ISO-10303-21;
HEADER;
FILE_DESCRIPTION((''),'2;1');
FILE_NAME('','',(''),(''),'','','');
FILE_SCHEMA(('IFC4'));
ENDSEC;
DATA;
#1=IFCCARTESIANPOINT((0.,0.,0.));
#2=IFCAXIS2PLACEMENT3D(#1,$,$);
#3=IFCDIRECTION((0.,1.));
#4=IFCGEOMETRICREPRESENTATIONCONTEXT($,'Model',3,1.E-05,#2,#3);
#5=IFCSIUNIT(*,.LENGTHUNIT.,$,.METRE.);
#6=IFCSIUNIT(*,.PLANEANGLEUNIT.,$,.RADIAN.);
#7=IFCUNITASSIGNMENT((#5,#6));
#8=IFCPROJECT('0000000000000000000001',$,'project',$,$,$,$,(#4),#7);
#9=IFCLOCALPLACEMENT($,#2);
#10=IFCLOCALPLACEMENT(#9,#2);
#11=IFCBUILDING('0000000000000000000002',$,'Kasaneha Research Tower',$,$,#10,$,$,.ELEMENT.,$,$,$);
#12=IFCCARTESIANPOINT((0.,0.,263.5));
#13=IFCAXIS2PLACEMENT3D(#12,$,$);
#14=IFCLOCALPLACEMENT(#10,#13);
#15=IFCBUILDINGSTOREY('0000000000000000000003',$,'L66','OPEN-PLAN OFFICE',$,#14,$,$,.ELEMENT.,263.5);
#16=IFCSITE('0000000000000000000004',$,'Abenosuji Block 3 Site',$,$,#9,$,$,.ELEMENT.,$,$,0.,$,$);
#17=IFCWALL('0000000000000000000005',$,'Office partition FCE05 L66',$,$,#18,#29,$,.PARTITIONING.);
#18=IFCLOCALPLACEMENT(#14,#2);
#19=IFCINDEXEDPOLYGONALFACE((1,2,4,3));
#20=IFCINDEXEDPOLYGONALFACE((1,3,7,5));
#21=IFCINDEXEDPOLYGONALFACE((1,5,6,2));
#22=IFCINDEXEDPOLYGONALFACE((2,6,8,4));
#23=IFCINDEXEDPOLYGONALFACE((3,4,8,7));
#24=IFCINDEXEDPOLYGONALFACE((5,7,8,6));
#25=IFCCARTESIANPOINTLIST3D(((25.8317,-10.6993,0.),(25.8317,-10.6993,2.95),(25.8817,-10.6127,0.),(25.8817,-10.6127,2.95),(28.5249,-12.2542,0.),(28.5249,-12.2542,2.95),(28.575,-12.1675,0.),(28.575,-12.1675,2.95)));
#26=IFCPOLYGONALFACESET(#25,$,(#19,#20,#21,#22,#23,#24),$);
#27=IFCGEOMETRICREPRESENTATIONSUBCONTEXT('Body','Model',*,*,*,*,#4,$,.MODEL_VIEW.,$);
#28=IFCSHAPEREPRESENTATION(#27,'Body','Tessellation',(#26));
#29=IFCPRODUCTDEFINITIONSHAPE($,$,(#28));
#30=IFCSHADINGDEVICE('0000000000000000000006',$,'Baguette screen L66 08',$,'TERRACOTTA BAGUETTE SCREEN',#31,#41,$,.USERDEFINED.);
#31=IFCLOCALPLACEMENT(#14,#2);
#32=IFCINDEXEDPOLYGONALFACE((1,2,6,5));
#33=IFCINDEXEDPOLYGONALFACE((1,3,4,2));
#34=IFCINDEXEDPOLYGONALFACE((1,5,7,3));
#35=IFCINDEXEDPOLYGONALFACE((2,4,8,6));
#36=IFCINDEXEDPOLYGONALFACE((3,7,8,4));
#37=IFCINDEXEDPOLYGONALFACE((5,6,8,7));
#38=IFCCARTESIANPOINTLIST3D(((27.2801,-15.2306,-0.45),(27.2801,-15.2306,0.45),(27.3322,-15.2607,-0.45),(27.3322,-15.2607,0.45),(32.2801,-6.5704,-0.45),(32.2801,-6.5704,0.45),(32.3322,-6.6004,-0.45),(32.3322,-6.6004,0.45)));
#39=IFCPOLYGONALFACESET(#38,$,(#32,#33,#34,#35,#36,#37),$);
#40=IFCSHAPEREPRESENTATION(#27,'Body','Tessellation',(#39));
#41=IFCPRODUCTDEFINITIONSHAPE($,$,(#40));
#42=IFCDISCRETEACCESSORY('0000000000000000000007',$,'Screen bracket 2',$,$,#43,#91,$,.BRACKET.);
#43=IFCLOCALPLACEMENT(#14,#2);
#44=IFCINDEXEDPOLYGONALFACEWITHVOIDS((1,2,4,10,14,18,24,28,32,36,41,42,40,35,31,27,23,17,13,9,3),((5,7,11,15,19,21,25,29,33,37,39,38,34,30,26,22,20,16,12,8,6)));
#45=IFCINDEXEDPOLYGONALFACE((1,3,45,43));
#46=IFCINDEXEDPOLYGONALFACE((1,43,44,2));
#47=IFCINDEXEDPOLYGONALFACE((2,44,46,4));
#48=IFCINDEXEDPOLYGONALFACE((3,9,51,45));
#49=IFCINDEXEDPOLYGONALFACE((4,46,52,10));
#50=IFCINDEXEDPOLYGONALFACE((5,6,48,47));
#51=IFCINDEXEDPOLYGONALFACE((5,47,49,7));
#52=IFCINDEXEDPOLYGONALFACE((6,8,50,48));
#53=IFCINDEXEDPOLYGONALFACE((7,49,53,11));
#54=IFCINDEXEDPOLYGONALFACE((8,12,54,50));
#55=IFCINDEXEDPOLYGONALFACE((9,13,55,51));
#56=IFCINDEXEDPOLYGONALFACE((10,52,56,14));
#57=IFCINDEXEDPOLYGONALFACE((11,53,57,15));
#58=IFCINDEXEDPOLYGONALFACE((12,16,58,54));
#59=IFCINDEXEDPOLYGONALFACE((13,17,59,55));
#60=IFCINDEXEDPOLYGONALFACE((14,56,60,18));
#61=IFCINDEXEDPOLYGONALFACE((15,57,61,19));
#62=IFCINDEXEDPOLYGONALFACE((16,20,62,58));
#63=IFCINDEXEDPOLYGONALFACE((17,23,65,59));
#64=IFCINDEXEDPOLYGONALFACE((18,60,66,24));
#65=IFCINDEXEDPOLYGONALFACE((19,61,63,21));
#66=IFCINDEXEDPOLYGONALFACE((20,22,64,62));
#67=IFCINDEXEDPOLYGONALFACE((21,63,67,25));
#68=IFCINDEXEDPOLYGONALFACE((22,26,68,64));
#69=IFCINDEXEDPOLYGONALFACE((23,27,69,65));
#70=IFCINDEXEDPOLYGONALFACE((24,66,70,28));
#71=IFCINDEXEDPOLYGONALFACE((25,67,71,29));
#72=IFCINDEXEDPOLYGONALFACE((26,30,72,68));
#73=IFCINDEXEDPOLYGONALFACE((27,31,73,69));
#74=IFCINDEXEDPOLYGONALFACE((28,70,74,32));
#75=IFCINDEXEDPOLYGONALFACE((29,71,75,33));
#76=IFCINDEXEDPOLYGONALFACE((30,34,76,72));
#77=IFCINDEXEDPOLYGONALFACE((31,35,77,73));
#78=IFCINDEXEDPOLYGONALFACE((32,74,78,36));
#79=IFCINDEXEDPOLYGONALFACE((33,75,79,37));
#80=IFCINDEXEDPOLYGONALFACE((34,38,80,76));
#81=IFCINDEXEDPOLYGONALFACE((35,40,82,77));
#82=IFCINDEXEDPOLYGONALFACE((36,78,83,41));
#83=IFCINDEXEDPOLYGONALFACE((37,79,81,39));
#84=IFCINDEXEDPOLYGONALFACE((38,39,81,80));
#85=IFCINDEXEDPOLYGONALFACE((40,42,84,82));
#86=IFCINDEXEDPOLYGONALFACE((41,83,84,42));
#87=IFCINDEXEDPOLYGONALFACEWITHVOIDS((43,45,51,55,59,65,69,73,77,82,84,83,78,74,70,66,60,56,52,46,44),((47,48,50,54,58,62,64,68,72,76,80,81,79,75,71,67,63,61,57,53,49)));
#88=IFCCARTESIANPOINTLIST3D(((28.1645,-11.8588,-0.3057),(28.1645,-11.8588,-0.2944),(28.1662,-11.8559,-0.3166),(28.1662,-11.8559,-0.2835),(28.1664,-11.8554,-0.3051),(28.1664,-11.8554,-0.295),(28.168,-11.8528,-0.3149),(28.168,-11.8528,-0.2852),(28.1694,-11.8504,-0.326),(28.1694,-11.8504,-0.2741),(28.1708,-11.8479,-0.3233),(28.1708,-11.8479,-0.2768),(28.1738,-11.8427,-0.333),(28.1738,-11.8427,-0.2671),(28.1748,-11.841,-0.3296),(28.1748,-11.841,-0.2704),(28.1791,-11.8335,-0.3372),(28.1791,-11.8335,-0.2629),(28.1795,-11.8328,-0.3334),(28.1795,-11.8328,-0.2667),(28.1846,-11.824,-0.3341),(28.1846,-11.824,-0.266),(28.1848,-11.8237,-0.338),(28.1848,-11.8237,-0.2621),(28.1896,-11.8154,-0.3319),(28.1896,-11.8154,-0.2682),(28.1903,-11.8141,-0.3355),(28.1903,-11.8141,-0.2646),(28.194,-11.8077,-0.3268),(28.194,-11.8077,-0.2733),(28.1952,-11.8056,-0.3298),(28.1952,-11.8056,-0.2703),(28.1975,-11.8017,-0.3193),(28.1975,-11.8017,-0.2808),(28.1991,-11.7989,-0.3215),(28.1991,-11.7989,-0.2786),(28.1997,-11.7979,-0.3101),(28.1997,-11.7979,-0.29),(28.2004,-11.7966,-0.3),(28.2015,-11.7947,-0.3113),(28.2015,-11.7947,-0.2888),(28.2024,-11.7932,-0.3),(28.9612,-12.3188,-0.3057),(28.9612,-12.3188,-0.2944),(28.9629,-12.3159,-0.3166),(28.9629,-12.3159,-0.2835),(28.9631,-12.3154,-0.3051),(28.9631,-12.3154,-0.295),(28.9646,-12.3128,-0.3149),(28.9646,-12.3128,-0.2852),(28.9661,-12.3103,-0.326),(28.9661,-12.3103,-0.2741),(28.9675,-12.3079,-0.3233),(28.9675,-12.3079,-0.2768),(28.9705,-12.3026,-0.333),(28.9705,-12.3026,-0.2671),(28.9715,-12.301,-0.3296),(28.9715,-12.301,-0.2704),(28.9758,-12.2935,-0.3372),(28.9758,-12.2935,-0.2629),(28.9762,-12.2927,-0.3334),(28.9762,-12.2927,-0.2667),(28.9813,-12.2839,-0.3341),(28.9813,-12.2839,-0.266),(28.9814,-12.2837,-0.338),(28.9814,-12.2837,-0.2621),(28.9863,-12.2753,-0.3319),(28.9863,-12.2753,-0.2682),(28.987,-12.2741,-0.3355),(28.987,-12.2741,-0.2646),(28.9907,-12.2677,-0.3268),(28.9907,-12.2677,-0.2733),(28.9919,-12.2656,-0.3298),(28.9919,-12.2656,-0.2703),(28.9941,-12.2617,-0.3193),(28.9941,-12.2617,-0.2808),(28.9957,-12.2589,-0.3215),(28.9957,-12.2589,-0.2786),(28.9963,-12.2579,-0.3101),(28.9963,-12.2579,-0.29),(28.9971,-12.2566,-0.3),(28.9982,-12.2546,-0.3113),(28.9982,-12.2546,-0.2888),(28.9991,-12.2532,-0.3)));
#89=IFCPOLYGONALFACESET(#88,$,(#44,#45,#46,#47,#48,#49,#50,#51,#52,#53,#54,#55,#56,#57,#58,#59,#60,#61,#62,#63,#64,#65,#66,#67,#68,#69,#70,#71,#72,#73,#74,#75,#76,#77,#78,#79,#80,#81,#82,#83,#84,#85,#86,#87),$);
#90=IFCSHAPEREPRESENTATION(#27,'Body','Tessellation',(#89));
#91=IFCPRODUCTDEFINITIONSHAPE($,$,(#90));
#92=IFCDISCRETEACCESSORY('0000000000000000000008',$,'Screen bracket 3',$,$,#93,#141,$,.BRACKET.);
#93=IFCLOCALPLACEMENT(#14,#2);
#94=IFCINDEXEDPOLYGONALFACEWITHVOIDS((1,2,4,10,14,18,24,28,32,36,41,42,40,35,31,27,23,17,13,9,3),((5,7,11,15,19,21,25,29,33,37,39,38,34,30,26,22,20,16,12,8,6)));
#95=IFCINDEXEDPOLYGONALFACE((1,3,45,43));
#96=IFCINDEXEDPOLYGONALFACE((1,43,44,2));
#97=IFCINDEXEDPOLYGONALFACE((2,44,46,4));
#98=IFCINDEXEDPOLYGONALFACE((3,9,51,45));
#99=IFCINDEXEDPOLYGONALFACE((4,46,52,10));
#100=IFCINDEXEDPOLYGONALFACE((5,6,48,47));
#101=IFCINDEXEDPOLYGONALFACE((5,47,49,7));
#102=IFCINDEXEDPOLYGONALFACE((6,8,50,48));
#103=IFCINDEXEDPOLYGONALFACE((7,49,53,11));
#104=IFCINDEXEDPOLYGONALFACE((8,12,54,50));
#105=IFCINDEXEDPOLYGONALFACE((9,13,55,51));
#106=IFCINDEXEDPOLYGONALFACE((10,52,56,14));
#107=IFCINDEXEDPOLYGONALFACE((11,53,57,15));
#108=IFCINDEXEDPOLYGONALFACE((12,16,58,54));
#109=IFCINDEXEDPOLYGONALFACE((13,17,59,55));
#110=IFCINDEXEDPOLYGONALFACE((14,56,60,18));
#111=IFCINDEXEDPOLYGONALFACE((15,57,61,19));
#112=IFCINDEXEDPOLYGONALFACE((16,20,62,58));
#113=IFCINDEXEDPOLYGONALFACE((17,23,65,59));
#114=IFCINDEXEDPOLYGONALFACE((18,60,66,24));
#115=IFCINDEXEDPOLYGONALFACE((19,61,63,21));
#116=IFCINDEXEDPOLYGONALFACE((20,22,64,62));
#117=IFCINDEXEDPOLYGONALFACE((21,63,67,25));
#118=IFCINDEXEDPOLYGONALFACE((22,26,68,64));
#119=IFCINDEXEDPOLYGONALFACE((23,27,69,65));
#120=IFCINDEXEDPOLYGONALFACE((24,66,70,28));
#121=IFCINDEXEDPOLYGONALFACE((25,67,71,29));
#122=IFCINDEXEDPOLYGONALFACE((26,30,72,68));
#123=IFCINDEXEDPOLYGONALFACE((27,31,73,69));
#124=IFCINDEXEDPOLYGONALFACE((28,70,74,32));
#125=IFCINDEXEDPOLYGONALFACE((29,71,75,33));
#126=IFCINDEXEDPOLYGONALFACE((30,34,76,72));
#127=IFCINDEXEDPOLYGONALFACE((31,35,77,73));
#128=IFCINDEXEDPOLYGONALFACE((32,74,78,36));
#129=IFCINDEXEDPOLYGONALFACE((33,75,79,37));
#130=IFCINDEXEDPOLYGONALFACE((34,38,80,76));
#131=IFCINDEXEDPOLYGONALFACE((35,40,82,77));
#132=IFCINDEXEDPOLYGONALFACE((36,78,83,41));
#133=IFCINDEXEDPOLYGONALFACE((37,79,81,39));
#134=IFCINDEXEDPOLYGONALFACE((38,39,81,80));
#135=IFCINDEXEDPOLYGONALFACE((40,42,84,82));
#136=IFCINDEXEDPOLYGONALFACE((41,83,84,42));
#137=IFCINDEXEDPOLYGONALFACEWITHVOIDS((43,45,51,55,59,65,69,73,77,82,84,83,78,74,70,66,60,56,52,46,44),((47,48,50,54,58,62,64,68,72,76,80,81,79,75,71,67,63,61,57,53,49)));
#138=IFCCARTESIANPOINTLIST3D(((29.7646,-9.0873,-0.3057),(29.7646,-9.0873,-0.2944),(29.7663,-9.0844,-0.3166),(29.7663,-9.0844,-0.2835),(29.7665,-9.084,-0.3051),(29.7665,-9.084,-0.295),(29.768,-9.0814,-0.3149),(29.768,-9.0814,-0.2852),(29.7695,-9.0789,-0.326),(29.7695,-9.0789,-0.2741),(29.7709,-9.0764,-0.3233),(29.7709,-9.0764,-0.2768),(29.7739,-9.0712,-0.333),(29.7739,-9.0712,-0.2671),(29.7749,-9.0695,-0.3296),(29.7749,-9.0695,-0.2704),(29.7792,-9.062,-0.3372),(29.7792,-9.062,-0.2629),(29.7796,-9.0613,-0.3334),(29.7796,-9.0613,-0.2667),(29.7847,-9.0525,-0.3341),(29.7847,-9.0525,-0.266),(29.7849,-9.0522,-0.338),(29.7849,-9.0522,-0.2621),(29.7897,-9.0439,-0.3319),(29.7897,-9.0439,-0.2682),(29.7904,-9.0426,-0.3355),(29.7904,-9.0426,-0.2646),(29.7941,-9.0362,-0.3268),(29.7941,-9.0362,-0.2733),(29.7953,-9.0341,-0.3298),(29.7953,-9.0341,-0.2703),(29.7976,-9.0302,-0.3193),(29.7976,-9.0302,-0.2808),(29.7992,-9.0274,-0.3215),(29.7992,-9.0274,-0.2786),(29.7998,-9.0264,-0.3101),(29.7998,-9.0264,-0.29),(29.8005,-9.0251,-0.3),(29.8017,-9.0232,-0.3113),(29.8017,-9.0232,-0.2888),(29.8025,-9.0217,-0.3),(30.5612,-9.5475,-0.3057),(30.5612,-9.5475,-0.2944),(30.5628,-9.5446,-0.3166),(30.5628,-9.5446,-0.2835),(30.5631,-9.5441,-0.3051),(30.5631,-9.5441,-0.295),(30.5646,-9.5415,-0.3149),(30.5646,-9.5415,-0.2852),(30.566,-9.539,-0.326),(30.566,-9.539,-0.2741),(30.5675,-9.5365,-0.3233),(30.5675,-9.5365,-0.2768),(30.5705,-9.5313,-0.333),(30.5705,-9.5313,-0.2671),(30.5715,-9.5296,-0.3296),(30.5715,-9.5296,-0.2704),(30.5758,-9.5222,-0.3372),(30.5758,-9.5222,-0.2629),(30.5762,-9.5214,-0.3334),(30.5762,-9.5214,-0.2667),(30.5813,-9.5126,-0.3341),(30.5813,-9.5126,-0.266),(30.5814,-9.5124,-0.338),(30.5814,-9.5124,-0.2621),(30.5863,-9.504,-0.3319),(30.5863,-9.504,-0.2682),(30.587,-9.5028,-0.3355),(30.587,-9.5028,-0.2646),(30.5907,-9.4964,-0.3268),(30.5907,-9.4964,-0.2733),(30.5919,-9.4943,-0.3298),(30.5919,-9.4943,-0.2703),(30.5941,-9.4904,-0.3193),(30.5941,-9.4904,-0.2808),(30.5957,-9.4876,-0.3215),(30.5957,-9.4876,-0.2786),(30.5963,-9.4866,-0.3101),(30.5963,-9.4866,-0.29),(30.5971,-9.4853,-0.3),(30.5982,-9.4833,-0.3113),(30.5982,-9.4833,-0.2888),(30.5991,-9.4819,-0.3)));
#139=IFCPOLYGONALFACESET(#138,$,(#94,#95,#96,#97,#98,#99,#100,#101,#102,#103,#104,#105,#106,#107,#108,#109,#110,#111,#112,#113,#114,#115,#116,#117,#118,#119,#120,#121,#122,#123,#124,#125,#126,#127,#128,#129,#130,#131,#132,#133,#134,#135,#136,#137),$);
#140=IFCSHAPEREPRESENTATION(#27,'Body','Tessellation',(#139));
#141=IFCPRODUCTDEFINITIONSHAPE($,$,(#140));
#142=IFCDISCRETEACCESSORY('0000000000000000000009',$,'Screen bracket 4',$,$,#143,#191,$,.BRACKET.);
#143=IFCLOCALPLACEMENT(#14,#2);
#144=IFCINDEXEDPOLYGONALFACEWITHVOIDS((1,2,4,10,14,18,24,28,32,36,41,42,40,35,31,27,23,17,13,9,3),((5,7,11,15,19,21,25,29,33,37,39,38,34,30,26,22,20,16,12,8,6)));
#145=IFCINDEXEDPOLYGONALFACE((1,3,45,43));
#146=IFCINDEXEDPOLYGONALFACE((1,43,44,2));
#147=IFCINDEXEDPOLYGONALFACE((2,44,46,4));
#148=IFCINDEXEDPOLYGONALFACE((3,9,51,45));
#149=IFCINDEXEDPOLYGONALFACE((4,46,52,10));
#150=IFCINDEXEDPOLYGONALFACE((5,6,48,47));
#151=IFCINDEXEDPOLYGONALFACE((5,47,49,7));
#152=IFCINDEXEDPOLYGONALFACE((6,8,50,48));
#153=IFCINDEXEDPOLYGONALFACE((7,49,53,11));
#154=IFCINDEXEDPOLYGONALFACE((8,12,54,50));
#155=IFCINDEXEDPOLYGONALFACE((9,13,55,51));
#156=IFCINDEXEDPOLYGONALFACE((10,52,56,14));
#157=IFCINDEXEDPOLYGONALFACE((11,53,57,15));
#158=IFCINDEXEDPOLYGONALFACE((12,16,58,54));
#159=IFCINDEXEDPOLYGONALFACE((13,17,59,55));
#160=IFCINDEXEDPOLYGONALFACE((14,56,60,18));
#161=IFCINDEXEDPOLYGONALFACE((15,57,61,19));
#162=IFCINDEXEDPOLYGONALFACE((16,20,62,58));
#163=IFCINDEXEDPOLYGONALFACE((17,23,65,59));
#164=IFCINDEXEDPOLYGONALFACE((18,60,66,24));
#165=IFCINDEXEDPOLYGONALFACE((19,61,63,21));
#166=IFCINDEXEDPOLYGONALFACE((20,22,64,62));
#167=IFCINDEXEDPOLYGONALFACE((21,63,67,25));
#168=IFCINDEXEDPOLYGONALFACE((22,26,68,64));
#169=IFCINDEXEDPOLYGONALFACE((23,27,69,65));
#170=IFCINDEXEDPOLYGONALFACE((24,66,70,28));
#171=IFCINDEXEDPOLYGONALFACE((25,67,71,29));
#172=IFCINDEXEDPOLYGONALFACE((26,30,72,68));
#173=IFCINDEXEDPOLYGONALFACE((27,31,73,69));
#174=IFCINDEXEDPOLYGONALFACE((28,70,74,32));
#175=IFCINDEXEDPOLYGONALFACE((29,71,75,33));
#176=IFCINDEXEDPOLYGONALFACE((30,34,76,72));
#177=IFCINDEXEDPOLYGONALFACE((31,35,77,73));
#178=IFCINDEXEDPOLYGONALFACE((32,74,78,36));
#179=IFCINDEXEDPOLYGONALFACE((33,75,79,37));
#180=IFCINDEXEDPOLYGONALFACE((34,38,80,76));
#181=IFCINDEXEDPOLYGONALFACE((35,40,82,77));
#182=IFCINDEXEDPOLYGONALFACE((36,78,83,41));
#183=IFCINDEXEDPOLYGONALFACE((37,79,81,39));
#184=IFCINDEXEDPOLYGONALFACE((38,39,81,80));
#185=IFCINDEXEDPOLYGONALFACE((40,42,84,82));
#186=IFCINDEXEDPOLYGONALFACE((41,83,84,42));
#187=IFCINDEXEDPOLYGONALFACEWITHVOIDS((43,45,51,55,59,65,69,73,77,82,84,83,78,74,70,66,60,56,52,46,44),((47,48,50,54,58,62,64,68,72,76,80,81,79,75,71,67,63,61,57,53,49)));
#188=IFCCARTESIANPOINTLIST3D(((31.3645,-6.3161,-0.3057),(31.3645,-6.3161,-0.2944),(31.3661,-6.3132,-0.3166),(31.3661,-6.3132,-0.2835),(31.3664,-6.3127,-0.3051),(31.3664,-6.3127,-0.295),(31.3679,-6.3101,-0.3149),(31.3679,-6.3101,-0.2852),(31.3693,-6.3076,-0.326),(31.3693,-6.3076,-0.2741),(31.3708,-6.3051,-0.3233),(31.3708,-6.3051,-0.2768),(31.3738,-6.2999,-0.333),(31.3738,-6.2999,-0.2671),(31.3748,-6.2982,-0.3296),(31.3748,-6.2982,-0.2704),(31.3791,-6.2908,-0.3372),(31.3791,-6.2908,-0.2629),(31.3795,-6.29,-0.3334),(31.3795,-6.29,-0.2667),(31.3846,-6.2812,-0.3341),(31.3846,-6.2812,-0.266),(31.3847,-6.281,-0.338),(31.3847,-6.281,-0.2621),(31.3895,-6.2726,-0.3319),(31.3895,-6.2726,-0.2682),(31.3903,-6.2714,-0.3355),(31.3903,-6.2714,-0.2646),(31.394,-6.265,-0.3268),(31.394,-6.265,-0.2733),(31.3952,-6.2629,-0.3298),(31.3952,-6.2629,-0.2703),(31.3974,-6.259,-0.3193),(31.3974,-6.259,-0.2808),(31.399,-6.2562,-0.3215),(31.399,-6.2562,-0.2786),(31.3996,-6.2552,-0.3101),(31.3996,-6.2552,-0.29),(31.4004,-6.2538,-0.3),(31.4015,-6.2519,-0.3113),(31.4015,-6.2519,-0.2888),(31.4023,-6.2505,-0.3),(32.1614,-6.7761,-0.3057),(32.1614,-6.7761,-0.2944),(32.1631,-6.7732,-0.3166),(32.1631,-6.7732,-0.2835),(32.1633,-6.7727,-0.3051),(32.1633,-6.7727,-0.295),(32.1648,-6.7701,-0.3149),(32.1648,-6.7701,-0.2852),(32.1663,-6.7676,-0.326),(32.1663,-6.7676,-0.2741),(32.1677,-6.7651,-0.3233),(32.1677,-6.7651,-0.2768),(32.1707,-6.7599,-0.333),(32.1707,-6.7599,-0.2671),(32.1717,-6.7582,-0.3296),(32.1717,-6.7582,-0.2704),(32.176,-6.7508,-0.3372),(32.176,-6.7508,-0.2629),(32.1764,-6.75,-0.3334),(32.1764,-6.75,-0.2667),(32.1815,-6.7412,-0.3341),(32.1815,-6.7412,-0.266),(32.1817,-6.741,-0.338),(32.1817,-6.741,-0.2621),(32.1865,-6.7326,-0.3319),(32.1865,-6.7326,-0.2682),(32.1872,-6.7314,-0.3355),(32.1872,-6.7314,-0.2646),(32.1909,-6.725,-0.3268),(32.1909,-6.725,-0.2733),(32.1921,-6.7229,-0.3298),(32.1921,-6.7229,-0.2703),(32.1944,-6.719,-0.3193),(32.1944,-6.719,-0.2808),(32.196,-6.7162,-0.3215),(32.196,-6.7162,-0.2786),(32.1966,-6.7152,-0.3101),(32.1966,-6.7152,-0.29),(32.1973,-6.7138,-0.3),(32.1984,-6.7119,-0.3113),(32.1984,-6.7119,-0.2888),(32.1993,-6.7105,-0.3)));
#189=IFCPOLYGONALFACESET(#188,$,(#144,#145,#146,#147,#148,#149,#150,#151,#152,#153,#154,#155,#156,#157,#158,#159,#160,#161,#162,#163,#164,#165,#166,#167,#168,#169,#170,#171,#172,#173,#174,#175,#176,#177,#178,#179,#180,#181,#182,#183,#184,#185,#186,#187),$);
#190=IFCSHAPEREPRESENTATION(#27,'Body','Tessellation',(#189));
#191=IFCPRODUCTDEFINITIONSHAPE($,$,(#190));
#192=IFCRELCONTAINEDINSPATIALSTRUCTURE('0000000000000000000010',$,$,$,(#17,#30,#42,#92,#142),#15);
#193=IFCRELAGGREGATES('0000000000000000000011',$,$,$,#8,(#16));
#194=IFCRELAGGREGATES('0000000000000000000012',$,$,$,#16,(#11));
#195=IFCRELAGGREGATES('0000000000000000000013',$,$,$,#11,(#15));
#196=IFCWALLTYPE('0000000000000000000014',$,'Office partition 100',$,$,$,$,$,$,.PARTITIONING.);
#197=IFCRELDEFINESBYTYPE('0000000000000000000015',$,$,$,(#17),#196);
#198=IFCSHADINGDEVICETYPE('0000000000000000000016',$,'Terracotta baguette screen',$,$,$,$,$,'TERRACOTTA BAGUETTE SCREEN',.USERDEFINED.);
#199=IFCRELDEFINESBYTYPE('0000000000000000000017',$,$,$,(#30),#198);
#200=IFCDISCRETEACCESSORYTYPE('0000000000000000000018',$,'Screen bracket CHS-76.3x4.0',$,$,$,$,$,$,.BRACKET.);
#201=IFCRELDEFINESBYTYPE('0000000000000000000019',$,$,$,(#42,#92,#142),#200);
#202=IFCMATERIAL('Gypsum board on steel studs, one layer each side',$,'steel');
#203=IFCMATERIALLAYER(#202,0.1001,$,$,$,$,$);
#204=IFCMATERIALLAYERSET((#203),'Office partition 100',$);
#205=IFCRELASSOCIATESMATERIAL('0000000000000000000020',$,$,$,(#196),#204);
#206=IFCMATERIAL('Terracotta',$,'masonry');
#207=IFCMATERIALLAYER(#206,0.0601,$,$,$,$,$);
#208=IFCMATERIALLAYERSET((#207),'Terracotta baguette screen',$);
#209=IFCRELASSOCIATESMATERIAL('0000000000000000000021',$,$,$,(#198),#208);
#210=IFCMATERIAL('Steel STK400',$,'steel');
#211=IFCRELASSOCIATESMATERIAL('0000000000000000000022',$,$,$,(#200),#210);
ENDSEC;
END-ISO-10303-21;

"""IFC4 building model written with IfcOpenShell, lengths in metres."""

from ifc_helpers import new_model, si_unit, direction, frame, frame_2d, origin, origin_2d, place, context, subcontext, project, spatial, rectangle, hollow_circle, extrude, material, layer, layer_set, material_profile, profile_set, type_object, element, save


model = new_model("IFC4")

# Units and contexts
model_context = context("Model", 3, precision=1e-05, world=origin(), true_north=direction((0.0, 1.0)))
body_context = subcontext(model_context, "Body", "Model", "MODEL_VIEW")
ifc_project = project(units=[si_unit("LENGTHUNIT", "METRE"), si_unit("PLANEANGLEUNIT", "RADIAN")], contexts=[model_context])

# Site, building, storey
site_placement = place(None, origin())
site = spatial("IfcSite", under=ifc_project, at=site_placement, Name="Abenosuji Block 3 Site", CompositionType="ELEMENT", RefElevation=0.0)
building_placement = place(site_placement, origin())
building = spatial("IfcBuilding", under=site, at=building_placement, Name="Kasaneha Research Tower", CompositionType="ELEMENT")
storey_placement = place(building_placement, frame((0.0, 0.0, 263.5)))
storey = spatial("IfcBuildingStorey", under=building, at=storey_placement, Name="L66", Description="OPEN-PLAN OFFICE", CompositionType="ELEMENT", Elevation=263.5)

# Shared definitions
ifc_material_1 = material(Name="Gypsum board on steel studs, one layer each side", Category="steel")
ifc_layer_1 = layer(ifc_material_1, 0.1001)
ifc_layer_set_1 = layer_set([ifc_layer_1], Name="Office partition 100")
wall_type = type_object("IfcWallType", Name="Office partition 100", PredefinedType="PARTITIONING", material=ifc_layer_set_1)

# Wall
wall_1_placement = place(storey_placement, frame((25.8567, -10.656, 0.0), z_axis=(0.0, 0.0, 1.0), x_axis=(0.866037, -0.499981, 0.0)))
element("IfcWall", 1, at=wall_1_placement, inside=storey, type_object=wall_type, Name="Office partition FCE05 L66", PredefinedType="PARTITIONING", context=body_context, shape_type="SweptSolid", body=[
    extrude(rectangle(XDim=3.1099, YDim=0.1001, at=frame_2d((1.5549, 0.0))), origin(), (0.0, 0.0, 1.0), 2.95),
])

# Shading device
ifc_material_2 = material(Name="Terracotta", Category="masonry")
ifc_layer_2 = layer(ifc_material_2, 0.0601)
ifc_layer_set_2 = layer_set([ifc_layer_2], Name="Terracotta baguette screen")
shading_device_type = type_object("IfcShadingDeviceType", Name="Terracotta baguette screen", ElementType="TERRACOTTA BAGUETTE SCREEN", PredefinedType="USERDEFINED", material=ifc_layer_set_2)
shading_device_placement = place(storey_placement, frame((29.8062, -10.9155, -0.45), z_axis=(0.0, 0.0, 1.0), x_axis=(0.5, 0.866025, 0.0)))
element("IfcShadingDevice", 2, at=shading_device_placement, inside=storey, type_object=shading_device_type, Name="Baguette screen L66 08", ObjectType="TERRACOTTA BAGUETTE SCREEN", PredefinedType="USERDEFINED", context=body_context, shape_type="SweptSolid", body=[
    extrude(rectangle(XDim=10.0, YDim=0.0601, at=origin_2d()), origin(), (0.0, 0.0, 1.0), 0.8999),
])

# Discrete accessories
ifc_material_3 = material(Name="Steel STK400", Category="steel")
ifc_material_profile_1 = material_profile(ifc_material_3, hollow_circle(Radius=0.0381, WallThickness=0.0039, at=origin_2d()), Name="CHS-76.3x4.0")
ifc_profile_set_1 = profile_set([ifc_material_profile_1], Name="Steel STK400")
discrete_accessory_type = type_object("IfcDiscreteAccessoryType", Name="Screen bracket CHS-76.3x4.0", PredefinedType="BRACKET", material=ifc_profile_set_1)
for number, where, z_axis, x_axis, name in (
    (3, (28.1833, -11.8262, -0.3), (0.866013, -0.500021, 0.0), (0.500021, 0.866013, 0.0), "Screen bracket 2"),
    (4, (29.7834, -9.0547, -0.3), (0.865898, -0.50022, 0.0), (0.50022, 0.865898, 0.0), "Screen bracket 3"),
):
    element("IfcDiscreteAccessory", number, at=place(storey_placement, frame(where, z_axis=z_axis, x_axis=x_axis)), inside=storey, type_object=discrete_accessory_type, Name=name, PredefinedType="BRACKET", context=body_context, shape_type="SweptSolid", body=[
        extrude(hollow_circle(Radius=0.0381, WallThickness=0.0039, at=origin_2d()), origin(), (0.0, 0.0, 1.0), 0.9199),
    ])
discrete_accessory_1_placement = place(storey_placement, frame((31.3833, -6.2834, -0.3), z_axis=(0.86608, -0.499906, 0.0), x_axis=(0.499906, 0.86608, 0.0)))
element("IfcDiscreteAccessory", 5, at=discrete_accessory_1_placement, inside=storey, type_object=discrete_accessory_type, Name="Screen bracket 4", PredefinedType="BRACKET", context=body_context, shape_type="SweptSolid", body=[
    extrude(hollow_circle(Radius=0.0381, WallThickness=0.0039, at=origin_2d()), origin(), (0.0, 0.0, 1.0), 0.9202),
])

save(model, "model.ifc")
